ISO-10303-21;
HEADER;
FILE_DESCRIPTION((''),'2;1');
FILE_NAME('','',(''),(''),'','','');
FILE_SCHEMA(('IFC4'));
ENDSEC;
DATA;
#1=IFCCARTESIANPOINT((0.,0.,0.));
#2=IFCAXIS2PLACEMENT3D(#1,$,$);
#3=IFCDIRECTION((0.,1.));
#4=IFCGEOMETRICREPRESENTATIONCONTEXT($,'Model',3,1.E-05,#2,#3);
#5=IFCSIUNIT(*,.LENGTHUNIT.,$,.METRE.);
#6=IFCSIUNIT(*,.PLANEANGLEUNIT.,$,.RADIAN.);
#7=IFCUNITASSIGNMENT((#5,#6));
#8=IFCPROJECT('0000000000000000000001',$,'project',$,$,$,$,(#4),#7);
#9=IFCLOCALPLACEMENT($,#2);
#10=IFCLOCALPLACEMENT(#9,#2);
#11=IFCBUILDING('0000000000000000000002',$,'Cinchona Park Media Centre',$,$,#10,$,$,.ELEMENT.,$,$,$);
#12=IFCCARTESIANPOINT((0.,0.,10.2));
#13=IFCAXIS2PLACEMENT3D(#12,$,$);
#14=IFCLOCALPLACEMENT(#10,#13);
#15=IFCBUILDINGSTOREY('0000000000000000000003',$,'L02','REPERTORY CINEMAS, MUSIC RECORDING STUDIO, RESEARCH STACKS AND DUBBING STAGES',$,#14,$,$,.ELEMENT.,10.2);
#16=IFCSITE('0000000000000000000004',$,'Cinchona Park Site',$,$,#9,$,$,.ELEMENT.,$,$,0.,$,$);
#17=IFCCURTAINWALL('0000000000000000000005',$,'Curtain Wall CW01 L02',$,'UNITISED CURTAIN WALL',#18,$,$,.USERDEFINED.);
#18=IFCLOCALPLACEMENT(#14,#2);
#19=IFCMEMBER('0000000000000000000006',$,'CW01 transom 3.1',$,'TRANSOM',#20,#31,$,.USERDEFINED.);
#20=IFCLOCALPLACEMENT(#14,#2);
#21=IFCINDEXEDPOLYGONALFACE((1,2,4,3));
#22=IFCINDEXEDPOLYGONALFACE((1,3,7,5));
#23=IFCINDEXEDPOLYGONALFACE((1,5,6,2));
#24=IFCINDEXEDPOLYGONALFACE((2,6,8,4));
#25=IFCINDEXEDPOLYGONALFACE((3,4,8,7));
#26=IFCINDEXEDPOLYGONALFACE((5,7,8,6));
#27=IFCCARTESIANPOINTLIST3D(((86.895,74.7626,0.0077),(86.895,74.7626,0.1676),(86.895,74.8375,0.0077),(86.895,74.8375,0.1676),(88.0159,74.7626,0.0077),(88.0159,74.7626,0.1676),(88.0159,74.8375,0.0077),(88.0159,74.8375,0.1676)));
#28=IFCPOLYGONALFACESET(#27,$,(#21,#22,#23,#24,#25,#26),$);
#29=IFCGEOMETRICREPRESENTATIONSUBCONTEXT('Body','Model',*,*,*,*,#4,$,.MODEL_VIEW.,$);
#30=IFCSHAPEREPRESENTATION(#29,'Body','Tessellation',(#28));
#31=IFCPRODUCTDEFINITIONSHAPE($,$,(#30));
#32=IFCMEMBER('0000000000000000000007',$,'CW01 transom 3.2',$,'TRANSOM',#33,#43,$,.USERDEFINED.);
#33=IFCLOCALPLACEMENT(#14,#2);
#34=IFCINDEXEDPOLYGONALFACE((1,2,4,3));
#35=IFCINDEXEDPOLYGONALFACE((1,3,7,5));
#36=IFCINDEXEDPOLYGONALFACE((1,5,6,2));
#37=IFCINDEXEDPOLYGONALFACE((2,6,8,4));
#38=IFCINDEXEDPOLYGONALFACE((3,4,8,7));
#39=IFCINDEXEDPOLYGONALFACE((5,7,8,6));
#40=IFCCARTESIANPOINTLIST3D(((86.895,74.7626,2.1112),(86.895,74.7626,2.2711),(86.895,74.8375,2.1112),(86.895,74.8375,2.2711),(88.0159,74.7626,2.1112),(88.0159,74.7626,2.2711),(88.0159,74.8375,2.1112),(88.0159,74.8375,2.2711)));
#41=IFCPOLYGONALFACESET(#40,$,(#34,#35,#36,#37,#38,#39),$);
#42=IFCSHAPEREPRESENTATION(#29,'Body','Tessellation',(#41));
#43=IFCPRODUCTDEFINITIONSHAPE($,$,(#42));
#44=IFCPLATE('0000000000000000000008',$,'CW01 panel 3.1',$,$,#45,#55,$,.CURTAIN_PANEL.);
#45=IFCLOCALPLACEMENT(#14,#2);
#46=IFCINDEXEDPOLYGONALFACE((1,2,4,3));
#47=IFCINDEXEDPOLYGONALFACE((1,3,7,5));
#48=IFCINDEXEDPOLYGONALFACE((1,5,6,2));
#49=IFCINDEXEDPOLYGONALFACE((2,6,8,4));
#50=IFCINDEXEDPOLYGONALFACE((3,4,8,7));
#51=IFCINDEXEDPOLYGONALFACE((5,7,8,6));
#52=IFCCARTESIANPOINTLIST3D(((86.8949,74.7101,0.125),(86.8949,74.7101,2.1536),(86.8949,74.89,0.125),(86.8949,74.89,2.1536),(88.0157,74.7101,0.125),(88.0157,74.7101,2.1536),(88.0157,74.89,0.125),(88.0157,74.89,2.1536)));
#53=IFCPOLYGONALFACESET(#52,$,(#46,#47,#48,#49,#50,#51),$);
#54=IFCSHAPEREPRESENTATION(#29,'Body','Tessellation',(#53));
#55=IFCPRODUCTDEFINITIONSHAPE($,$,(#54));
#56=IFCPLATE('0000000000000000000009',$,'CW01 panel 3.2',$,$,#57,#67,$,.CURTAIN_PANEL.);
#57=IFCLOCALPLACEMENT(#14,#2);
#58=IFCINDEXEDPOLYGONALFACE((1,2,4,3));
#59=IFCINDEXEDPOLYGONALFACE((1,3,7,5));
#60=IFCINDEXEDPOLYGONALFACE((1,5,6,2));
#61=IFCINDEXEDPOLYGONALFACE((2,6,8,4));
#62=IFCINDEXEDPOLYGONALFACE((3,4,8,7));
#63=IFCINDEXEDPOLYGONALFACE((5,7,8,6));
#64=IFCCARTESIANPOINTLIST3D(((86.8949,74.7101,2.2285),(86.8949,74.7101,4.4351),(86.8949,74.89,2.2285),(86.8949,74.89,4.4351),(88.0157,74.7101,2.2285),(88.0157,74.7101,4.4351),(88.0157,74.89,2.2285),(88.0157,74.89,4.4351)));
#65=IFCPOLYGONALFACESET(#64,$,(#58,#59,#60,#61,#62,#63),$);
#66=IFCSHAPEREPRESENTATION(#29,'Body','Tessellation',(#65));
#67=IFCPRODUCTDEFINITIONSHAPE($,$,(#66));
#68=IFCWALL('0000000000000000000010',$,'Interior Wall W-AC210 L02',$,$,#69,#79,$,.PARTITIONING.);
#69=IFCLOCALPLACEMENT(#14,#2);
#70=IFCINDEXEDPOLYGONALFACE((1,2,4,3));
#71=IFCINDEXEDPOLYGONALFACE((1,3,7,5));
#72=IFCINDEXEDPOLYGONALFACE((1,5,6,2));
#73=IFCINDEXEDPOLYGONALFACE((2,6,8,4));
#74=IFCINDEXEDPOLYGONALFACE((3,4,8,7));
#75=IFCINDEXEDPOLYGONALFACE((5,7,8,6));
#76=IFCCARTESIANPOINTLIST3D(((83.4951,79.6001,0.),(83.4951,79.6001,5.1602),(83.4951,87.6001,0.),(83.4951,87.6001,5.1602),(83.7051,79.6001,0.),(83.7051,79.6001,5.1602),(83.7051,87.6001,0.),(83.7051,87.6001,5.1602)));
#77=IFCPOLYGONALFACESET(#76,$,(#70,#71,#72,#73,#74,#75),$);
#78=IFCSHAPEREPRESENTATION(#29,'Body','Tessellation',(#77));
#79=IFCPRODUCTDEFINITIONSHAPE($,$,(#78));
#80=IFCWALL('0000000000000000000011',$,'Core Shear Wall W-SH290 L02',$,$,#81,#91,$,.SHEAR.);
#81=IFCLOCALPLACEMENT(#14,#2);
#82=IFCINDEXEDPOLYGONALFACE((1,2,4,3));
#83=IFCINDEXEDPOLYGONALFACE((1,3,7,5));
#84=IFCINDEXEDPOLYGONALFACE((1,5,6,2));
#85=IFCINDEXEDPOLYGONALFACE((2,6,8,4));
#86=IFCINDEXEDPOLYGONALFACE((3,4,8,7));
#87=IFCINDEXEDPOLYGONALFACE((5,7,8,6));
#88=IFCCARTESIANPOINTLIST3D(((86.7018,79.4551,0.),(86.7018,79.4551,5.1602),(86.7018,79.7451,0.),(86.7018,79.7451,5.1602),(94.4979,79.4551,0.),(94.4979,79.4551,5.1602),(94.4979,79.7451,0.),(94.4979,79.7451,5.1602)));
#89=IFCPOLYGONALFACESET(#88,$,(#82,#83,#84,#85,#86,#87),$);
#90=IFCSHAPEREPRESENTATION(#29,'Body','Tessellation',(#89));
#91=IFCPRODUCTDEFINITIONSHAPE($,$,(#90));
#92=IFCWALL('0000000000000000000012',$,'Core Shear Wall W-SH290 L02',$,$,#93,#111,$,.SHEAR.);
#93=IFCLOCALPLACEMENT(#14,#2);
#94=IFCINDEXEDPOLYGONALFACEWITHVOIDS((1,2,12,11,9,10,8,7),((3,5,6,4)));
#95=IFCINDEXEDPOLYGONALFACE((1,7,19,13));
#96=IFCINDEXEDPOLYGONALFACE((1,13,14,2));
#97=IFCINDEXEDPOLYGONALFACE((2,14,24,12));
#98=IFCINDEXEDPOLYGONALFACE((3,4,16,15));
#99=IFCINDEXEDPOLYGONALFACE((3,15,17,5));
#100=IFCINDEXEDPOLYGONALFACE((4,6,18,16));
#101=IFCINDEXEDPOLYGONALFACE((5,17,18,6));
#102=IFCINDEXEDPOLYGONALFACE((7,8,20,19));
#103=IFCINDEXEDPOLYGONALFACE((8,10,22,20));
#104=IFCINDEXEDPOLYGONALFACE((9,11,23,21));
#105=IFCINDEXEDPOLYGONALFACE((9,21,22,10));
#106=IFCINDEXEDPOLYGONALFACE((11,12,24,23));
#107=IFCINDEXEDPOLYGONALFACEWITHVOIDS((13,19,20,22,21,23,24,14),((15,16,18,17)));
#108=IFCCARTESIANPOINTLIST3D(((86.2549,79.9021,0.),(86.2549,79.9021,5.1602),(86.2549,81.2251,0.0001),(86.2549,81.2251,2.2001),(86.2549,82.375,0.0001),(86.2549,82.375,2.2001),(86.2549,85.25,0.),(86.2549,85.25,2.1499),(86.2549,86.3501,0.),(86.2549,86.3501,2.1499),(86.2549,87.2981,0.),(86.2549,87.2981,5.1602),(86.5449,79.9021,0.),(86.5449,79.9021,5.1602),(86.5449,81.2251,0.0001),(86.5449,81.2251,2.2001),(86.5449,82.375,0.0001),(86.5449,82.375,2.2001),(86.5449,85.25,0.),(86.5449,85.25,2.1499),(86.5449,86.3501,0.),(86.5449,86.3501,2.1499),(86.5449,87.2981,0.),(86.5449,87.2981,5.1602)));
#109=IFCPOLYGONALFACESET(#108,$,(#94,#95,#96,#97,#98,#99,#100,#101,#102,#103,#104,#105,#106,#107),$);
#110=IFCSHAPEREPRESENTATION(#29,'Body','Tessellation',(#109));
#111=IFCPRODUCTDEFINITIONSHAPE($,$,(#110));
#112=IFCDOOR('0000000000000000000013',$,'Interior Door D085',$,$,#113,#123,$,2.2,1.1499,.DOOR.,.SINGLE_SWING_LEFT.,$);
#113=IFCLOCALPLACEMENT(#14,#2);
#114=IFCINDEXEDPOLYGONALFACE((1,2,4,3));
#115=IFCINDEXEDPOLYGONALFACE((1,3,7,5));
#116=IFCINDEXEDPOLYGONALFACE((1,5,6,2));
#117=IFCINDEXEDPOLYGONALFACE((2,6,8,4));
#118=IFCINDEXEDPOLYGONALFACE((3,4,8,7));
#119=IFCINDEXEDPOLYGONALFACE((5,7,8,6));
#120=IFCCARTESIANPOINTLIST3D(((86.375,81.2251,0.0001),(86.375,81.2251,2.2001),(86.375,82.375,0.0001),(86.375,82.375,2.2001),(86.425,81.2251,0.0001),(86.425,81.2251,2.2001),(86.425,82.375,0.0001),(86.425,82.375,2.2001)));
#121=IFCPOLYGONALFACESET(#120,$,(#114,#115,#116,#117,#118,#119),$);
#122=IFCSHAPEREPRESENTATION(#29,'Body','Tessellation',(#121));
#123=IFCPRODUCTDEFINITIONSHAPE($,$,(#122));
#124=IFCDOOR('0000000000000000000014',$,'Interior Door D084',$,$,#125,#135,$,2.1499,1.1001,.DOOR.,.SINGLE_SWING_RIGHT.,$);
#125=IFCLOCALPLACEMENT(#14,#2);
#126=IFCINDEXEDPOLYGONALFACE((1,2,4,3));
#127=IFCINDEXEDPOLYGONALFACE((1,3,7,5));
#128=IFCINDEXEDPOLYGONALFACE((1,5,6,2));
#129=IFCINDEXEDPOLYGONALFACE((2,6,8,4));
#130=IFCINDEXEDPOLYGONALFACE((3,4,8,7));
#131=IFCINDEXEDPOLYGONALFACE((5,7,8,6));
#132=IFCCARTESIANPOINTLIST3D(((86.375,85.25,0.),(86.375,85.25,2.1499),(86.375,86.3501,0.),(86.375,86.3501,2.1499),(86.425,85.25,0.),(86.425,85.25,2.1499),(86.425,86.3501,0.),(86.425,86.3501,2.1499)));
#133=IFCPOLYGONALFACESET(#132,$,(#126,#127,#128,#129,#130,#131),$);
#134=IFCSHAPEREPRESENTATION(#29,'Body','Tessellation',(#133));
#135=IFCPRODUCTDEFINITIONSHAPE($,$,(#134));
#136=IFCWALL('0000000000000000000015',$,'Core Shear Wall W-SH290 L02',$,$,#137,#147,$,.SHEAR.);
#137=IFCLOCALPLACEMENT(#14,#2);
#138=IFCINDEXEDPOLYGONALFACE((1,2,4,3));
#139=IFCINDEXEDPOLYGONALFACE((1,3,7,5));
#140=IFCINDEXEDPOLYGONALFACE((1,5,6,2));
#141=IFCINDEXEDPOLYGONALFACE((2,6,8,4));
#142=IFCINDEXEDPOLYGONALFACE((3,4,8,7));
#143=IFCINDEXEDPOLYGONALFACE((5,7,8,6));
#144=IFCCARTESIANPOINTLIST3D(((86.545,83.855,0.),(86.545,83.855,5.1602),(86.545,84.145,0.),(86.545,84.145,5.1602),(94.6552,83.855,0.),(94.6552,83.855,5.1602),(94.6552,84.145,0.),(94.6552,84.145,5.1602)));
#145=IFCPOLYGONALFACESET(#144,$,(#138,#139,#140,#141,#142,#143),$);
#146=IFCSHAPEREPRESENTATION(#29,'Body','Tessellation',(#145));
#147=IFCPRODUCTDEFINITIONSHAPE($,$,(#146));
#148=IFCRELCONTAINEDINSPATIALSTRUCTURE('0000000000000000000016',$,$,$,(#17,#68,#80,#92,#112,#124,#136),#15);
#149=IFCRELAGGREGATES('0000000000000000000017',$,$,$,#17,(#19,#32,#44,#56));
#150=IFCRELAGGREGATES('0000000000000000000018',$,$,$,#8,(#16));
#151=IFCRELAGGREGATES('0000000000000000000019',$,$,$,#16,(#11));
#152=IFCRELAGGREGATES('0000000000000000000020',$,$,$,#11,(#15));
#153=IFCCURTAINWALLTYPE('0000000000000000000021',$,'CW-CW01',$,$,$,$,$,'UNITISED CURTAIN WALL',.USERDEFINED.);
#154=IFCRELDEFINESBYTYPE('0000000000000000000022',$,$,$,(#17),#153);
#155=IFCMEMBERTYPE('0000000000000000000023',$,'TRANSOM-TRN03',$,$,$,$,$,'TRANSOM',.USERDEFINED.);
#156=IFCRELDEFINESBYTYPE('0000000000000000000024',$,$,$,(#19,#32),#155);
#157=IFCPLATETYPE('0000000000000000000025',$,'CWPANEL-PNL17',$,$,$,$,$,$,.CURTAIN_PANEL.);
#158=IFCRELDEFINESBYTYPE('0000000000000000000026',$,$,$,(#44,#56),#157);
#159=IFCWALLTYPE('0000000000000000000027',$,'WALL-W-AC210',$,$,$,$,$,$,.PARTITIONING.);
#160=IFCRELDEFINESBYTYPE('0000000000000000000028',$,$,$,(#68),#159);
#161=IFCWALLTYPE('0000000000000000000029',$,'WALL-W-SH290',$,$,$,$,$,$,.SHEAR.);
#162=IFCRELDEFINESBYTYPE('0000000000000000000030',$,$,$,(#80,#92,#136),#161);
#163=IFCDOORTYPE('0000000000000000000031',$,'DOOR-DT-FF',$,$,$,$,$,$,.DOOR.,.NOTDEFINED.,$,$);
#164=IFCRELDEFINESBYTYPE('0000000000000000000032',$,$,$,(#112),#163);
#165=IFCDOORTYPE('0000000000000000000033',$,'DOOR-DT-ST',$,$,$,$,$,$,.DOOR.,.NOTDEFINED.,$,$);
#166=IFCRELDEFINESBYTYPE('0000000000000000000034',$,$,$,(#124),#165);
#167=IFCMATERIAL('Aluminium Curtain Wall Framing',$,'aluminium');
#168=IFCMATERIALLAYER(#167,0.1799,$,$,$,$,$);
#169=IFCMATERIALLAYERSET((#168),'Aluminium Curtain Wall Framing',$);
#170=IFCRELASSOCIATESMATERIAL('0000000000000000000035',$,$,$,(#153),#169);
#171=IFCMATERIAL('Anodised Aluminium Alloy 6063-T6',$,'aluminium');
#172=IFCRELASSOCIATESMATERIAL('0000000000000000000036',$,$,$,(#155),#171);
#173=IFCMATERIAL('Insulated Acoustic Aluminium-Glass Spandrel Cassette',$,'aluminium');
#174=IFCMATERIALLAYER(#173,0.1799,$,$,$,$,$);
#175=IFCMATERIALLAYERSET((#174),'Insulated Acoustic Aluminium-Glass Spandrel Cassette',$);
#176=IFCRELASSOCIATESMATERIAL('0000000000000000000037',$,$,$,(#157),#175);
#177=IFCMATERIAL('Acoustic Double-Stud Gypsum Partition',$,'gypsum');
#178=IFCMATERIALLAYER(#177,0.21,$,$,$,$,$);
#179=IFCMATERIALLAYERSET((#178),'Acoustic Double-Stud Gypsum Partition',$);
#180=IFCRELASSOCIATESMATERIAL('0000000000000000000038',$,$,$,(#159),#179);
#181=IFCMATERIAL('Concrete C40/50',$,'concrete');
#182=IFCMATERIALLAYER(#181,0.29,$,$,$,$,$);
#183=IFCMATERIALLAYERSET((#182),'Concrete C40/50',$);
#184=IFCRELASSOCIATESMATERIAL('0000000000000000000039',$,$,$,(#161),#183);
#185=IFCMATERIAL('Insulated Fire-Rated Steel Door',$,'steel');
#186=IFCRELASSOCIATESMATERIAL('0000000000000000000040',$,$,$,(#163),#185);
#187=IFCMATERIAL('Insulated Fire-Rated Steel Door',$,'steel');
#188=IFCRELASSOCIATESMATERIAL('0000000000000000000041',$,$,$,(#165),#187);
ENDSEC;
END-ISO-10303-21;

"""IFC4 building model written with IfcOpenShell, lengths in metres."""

from ifc_helpers import new_model, si_unit, direction, frame, frame_2d, origin, origin_2d, place, context, subcontext, project, spatial, rectangle, extrude, material, layer, layer_set, material_profile, profile_set, type_object, element, fill, aggregate, save


model = new_model("IFC4")

# Units and contexts
model_context = context("Model", 3, precision=1e-05, world=origin(), true_north=direction((0.0, 1.0)))
body_context = subcontext(model_context, "Body", "Model", "MODEL_VIEW")
ifc_project = project(units=[si_unit("LENGTHUNIT", "METRE"), si_unit("PLANEANGLEUNIT", "RADIAN")], contexts=[model_context])

# Site, building, storey
site_placement = place(None, origin())
site = spatial("IfcSite", under=ifc_project, at=site_placement, Name="Cinchona Park Site", CompositionType="ELEMENT", RefElevation=0.0)
building_placement = place(site_placement, origin())
building = spatial("IfcBuilding", under=site, at=building_placement, Name="Cinchona Park Media Centre", CompositionType="ELEMENT")
storey_placement = place(building_placement, frame((0.0, 0.0, 10.2)))
storey = spatial("IfcBuildingStorey", under=building, at=storey_placement, Name="L02", Description="REPERTORY CINEMAS, MUSIC RECORDING STUDIO, RESEARCH STACKS AND DUBBING STAGES", CompositionType="ELEMENT", Elevation=10.2)

# Curtain wall, members, plates
ifc_material_1 = material(Name="Aluminium Curtain Wall Framing", Category="aluminium")
ifc_layer_1 = layer(ifc_material_1, 0.1799)
ifc_layer_set_1 = layer_set([ifc_layer_1], Name="Aluminium Curtain Wall Framing")
curtain_wall_type = type_object("IfcCurtainWallType", Name="CW-CW01", ElementType="UNITISED CURTAIN WALL", PredefinedType="USERDEFINED", material=ifc_layer_set_1)
curtain_wall_placement = place(storey_placement, origin())
curtain_wall = element("IfcCurtainWall", 1, at=curtain_wall_placement, inside=storey, type_object=curtain_wall_type, Name="Curtain Wall CW01 L02", ObjectType="UNITISED CURTAIN WALL", PredefinedType="USERDEFINED")
ifc_material_2 = material(Name="Anodised Aluminium Alloy 6063-T6", Category="aluminium")
ifc_material_profile_1 = material_profile(ifc_material_2, rectangle(XDim=0.075, YDim=0.1599, at=origin_2d()), Name="TRN-75X160")
ifc_profile_set_1 = profile_set([ifc_material_profile_1], Name="Anodised Aluminium Alloy 6063-T6")
member_type_1 = type_object("IfcMemberType", Name="TRANSOM-TRN03", ElementType="TRANSOM", PredefinedType="USERDEFINED", material=ifc_profile_set_1)
member_1_placement = place(storey_placement, frame((88.0159, 74.8, 0.0876), z_axis=(-1.0, 0.0, 0.0), x_axis=(0.0, -1.0, 0.0)))
member_1 = element("IfcMember", 2, at=member_1_placement, type_object=member_type_1, Name="CW01 transom 3.1", ObjectType="TRANSOM", PredefinedType="USERDEFINED", context=body_context, shape_type="SweptSolid", body=[
    extrude(rectangle(XDim=0.075, YDim=0.1599, at=origin_2d()), origin(), (0.0, 0.0, 1.0), 1.1208),
])
member_2_placement = place(storey_placement, frame((88.0159, 74.8, 2.1912), z_axis=(-1.0, 0.0, 0.0), x_axis=(0.0, -1.0, 0.0)))
member_2 = element("IfcMember", 3, at=member_2_placement, type_object=member_type_1, Name="CW01 transom 3.2", ObjectType="TRANSOM", PredefinedType="USERDEFINED", context=body_context, shape_type="SweptSolid", body=[
    extrude(rectangle(XDim=0.075, YDim=0.1599, at=origin_2d()), origin(), (0.0, 0.0, 1.0), 1.1208),
])
ifc_material_3 = material(Name="Insulated Acoustic Aluminium-Glass Spandrel Cassette", Category="aluminium")
ifc_layer_2 = layer(ifc_material_3, 0.1799)
ifc_layer_set_2 = layer_set([ifc_layer_2], Name="Insulated Acoustic Aluminium-Glass Spandrel Cassette")
plate_type = type_object("IfcPlateType", Name="CWPANEL-PNL17", PredefinedType="CURTAIN_PANEL", material=ifc_layer_set_2)
plate_1_placement = place(storey_placement, frame((87.4553, 74.8, 0.125), z_axis=(0.0, 0.0, 1.0), x_axis=(-1.0, 0.0, 0.0)))
plate_1 = element("IfcPlate", 4, at=plate_1_placement, type_object=plate_type, Name="CW01 panel 3.1", PredefinedType="CURTAIN_PANEL", context=body_context, shape_type="SweptSolid", body=[
    extrude(rectangle(XDim=1.1208, YDim=0.1799, at=origin_2d()), origin(), (0.0, 0.0, 1.0), 2.0286),
])
plate_2_placement = place(storey_placement, frame((87.4553, 74.8, 2.2285), z_axis=(0.0, 0.0, 1.0), x_axis=(-1.0, 0.0, 0.0)))
plate_2 = element("IfcPlate", 5, at=plate_2_placement, type_object=plate_type, Name="CW01 panel 3.2", PredefinedType="CURTAIN_PANEL", context=body_context, shape_type="SweptSolid", body=[
    extrude(rectangle(XDim=1.1208, YDim=0.1799, at=origin_2d()), origin(), (0.0, 0.0, 1.0), 2.2065),
])
aggregate(curtain_wall, [member_1, member_2, plate_1, plate_2])

# Walls
ifc_material_4 = material(Name="Acoustic Double-Stud Gypsum Partition", Category="gypsum")
ifc_layer_3 = layer(ifc_material_4, 0.21)
ifc_layer_set_3 = layer_set([ifc_layer_3], Name="Acoustic Double-Stud Gypsum Partition")
wall_type_1 = type_object("IfcWallType", Name="WALL-W-AC210", PredefinedType="PARTITIONING", material=ifc_layer_set_3)
wall_1_placement = place(storey_placement, frame((83.6001, 79.6001, 0.0), z_axis=(0.0, 0.0, 1.0), x_axis=(0.0, 1.0, 0.0)))
element("IfcWall", 6, at=wall_1_placement, inside=storey, type_object=wall_type_1, Name="Interior Wall W-AC210 L02", PredefinedType="PARTITIONING", context=body_context, shape_type="SweptSolid", body=[
    extrude(rectangle(XDim=8.0, YDim=0.21, at=frame_2d((4.0, 0.0))), origin(), (0.0, 0.0, 1.0), 5.1602),
])
ifc_material_5 = material(Name="Concrete C40/50", Category="concrete")
ifc_layer_4 = layer(ifc_material_5, 0.29)
ifc_layer_set_4 = layer_set([ifc_layer_4], Name="Concrete C40/50")
wall_type_2 = type_object("IfcWallType", Name="WALL-W-SH290", PredefinedType="SHEAR", material=ifc_layer_set_4)
wall_2_placement = place(storey_placement, frame((86.7019, 79.6001, 0.0), z_axis=(0.0, 0.0, 1.0), x_axis=(1.0, 0.0, 0.0)))
element("IfcWall", 7, at=wall_2_placement, inside=storey, type_object=wall_type_2, Name="Core Shear Wall W-SH290 L02", PredefinedType="SHEAR", context=body_context, shape_type="SweptSolid", body=[
    extrude(rectangle(XDim=7.7961, YDim=0.29, at=frame_2d((3.8979, 0.0))), origin(), (0.0, 0.0, 1.0), 5.1602),
])

# Wall, openings, doors
wall_3_placement = place(storey_placement, frame((86.3999, 79.9021, 0.0), z_axis=(0.0, 0.0, 1.0), x_axis=(0.0, 1.0, 0.0)))
wall_3 = element("IfcWall", 8, at=wall_3_placement, inside=storey, type_object=wall_type_2, Name="Core Shear Wall W-SH290 L02", PredefinedType="SHEAR", context=body_context, shape_type="SweptSolid", body=[
    extrude(rectangle(XDim=7.396, YDim=0.29, at=frame_2d((3.698, 0.0))), origin(), (0.0, 0.0, 1.0), 5.1602),
])
opening_1_placement = place(wall_3_placement, frame((5.3479, 0.0, 0.0)))
opening_1 = element("IfcOpeningElement", 9, at=opening_1_placement, cuts=wall_3, PredefinedType="OPENING", context=body_context, shape_type="SweptSolid", body=[
    extrude(rectangle(XDim=1.1001, YDim=2.1499, at=frame_2d((0.55, 1.075))), frame((0.0, 0.155, 0.0), z_axis=(0.0, -1.0, 0.0), x_axis=(1.0, 0.0, 0.0)), (0.0, 0.0, 1.0), 0.3101),
])
opening_2_placement = place(wall_3_placement, frame((1.323, 0.0, 0.0)))
opening_2 = element("IfcOpeningElement", 10, at=opening_2_placement, cuts=wall_3, PredefinedType="OPENING", context=body_context, shape_type="SweptSolid", body=[
    extrude(rectangle(XDim=1.1499, YDim=2.2, at=frame_2d((0.575, 1.1001))), frame((0.0, 0.155, 0.0), z_axis=(0.0, -1.0, 0.0), x_axis=(1.0, 0.0, 0.0)), (0.0, 0.0, 1.0), 0.3101),
])
ifc_material_6 = material(Name="Insulated Fire-Rated Steel Door", Category="steel")
door_type_1 = type_object("IfcDoorType", Name="DOOR-DT-FF", OperationType="NOTDEFINED", PredefinedType="DOOR", material=ifc_material_6)
door_1_placement = place(opening_2_placement, origin())
door_1 = element("IfcDoor", 11, at=door_1_placement, inside=storey, type_object=door_type_1, Name="Interior Door D085", OperationType="SINGLE_SWING_LEFT", OverallHeight=2.2, OverallWidth=1.1499, PredefinedType="DOOR", context=body_context, shape_type="SweptSolid", body=[
    extrude(rectangle(XDim=1.1499, YDim=2.2, at=frame_2d((0.575, 1.1001))), frame((0.0, 0.0249, 0.0), z_axis=(0.0, -1.0, 0.0), x_axis=(1.0, 0.0, 0.0)), (0.0, 0.0, 1.0), 0.05),
])
fill(opening_2, door_1)
ifc_material_7 = material(Name="Insulated Fire-Rated Steel Door", Category="steel")
door_type_2 = type_object("IfcDoorType", Name="DOOR-DT-ST", OperationType="NOTDEFINED", PredefinedType="DOOR", material=ifc_material_7)
door_2_placement = place(opening_1_placement, origin())
door_2 = element("IfcDoor", 12, at=door_2_placement, inside=storey, type_object=door_type_2, Name="Interior Door D084", OperationType="SINGLE_SWING_RIGHT", OverallHeight=2.1499, OverallWidth=1.1001, PredefinedType="DOOR", context=body_context, shape_type="SweptSolid", body=[
    extrude(rectangle(XDim=1.1001, YDim=2.1499, at=frame_2d((0.55, 1.075))), frame((0.0, 0.0249, 0.0), z_axis=(0.0, -1.0, 0.0), x_axis=(1.0, 0.0, 0.0)), (0.0, 0.0, 1.0), 0.05),
])
fill(opening_1, door_2)

# Wall
wall_4_placement = place(storey_placement, frame((86.5449, 84.0, 0.0), z_axis=(0.0, 0.0, 1.0), x_axis=(1.0, 0.0, 0.0)))
element("IfcWall", 13, at=wall_4_placement, inside=storey, type_object=wall_type_2, Name="Core Shear Wall W-SH290 L02", PredefinedType="SHEAR", context=body_context, shape_type="SweptSolid", body=[
    extrude(rectangle(XDim=8.1101, YDim=0.29, at=frame_2d((4.0552, 0.0))), origin(), (0.0, 0.0, 1.0), 5.1602),
])

save(model, "model.ifc")
